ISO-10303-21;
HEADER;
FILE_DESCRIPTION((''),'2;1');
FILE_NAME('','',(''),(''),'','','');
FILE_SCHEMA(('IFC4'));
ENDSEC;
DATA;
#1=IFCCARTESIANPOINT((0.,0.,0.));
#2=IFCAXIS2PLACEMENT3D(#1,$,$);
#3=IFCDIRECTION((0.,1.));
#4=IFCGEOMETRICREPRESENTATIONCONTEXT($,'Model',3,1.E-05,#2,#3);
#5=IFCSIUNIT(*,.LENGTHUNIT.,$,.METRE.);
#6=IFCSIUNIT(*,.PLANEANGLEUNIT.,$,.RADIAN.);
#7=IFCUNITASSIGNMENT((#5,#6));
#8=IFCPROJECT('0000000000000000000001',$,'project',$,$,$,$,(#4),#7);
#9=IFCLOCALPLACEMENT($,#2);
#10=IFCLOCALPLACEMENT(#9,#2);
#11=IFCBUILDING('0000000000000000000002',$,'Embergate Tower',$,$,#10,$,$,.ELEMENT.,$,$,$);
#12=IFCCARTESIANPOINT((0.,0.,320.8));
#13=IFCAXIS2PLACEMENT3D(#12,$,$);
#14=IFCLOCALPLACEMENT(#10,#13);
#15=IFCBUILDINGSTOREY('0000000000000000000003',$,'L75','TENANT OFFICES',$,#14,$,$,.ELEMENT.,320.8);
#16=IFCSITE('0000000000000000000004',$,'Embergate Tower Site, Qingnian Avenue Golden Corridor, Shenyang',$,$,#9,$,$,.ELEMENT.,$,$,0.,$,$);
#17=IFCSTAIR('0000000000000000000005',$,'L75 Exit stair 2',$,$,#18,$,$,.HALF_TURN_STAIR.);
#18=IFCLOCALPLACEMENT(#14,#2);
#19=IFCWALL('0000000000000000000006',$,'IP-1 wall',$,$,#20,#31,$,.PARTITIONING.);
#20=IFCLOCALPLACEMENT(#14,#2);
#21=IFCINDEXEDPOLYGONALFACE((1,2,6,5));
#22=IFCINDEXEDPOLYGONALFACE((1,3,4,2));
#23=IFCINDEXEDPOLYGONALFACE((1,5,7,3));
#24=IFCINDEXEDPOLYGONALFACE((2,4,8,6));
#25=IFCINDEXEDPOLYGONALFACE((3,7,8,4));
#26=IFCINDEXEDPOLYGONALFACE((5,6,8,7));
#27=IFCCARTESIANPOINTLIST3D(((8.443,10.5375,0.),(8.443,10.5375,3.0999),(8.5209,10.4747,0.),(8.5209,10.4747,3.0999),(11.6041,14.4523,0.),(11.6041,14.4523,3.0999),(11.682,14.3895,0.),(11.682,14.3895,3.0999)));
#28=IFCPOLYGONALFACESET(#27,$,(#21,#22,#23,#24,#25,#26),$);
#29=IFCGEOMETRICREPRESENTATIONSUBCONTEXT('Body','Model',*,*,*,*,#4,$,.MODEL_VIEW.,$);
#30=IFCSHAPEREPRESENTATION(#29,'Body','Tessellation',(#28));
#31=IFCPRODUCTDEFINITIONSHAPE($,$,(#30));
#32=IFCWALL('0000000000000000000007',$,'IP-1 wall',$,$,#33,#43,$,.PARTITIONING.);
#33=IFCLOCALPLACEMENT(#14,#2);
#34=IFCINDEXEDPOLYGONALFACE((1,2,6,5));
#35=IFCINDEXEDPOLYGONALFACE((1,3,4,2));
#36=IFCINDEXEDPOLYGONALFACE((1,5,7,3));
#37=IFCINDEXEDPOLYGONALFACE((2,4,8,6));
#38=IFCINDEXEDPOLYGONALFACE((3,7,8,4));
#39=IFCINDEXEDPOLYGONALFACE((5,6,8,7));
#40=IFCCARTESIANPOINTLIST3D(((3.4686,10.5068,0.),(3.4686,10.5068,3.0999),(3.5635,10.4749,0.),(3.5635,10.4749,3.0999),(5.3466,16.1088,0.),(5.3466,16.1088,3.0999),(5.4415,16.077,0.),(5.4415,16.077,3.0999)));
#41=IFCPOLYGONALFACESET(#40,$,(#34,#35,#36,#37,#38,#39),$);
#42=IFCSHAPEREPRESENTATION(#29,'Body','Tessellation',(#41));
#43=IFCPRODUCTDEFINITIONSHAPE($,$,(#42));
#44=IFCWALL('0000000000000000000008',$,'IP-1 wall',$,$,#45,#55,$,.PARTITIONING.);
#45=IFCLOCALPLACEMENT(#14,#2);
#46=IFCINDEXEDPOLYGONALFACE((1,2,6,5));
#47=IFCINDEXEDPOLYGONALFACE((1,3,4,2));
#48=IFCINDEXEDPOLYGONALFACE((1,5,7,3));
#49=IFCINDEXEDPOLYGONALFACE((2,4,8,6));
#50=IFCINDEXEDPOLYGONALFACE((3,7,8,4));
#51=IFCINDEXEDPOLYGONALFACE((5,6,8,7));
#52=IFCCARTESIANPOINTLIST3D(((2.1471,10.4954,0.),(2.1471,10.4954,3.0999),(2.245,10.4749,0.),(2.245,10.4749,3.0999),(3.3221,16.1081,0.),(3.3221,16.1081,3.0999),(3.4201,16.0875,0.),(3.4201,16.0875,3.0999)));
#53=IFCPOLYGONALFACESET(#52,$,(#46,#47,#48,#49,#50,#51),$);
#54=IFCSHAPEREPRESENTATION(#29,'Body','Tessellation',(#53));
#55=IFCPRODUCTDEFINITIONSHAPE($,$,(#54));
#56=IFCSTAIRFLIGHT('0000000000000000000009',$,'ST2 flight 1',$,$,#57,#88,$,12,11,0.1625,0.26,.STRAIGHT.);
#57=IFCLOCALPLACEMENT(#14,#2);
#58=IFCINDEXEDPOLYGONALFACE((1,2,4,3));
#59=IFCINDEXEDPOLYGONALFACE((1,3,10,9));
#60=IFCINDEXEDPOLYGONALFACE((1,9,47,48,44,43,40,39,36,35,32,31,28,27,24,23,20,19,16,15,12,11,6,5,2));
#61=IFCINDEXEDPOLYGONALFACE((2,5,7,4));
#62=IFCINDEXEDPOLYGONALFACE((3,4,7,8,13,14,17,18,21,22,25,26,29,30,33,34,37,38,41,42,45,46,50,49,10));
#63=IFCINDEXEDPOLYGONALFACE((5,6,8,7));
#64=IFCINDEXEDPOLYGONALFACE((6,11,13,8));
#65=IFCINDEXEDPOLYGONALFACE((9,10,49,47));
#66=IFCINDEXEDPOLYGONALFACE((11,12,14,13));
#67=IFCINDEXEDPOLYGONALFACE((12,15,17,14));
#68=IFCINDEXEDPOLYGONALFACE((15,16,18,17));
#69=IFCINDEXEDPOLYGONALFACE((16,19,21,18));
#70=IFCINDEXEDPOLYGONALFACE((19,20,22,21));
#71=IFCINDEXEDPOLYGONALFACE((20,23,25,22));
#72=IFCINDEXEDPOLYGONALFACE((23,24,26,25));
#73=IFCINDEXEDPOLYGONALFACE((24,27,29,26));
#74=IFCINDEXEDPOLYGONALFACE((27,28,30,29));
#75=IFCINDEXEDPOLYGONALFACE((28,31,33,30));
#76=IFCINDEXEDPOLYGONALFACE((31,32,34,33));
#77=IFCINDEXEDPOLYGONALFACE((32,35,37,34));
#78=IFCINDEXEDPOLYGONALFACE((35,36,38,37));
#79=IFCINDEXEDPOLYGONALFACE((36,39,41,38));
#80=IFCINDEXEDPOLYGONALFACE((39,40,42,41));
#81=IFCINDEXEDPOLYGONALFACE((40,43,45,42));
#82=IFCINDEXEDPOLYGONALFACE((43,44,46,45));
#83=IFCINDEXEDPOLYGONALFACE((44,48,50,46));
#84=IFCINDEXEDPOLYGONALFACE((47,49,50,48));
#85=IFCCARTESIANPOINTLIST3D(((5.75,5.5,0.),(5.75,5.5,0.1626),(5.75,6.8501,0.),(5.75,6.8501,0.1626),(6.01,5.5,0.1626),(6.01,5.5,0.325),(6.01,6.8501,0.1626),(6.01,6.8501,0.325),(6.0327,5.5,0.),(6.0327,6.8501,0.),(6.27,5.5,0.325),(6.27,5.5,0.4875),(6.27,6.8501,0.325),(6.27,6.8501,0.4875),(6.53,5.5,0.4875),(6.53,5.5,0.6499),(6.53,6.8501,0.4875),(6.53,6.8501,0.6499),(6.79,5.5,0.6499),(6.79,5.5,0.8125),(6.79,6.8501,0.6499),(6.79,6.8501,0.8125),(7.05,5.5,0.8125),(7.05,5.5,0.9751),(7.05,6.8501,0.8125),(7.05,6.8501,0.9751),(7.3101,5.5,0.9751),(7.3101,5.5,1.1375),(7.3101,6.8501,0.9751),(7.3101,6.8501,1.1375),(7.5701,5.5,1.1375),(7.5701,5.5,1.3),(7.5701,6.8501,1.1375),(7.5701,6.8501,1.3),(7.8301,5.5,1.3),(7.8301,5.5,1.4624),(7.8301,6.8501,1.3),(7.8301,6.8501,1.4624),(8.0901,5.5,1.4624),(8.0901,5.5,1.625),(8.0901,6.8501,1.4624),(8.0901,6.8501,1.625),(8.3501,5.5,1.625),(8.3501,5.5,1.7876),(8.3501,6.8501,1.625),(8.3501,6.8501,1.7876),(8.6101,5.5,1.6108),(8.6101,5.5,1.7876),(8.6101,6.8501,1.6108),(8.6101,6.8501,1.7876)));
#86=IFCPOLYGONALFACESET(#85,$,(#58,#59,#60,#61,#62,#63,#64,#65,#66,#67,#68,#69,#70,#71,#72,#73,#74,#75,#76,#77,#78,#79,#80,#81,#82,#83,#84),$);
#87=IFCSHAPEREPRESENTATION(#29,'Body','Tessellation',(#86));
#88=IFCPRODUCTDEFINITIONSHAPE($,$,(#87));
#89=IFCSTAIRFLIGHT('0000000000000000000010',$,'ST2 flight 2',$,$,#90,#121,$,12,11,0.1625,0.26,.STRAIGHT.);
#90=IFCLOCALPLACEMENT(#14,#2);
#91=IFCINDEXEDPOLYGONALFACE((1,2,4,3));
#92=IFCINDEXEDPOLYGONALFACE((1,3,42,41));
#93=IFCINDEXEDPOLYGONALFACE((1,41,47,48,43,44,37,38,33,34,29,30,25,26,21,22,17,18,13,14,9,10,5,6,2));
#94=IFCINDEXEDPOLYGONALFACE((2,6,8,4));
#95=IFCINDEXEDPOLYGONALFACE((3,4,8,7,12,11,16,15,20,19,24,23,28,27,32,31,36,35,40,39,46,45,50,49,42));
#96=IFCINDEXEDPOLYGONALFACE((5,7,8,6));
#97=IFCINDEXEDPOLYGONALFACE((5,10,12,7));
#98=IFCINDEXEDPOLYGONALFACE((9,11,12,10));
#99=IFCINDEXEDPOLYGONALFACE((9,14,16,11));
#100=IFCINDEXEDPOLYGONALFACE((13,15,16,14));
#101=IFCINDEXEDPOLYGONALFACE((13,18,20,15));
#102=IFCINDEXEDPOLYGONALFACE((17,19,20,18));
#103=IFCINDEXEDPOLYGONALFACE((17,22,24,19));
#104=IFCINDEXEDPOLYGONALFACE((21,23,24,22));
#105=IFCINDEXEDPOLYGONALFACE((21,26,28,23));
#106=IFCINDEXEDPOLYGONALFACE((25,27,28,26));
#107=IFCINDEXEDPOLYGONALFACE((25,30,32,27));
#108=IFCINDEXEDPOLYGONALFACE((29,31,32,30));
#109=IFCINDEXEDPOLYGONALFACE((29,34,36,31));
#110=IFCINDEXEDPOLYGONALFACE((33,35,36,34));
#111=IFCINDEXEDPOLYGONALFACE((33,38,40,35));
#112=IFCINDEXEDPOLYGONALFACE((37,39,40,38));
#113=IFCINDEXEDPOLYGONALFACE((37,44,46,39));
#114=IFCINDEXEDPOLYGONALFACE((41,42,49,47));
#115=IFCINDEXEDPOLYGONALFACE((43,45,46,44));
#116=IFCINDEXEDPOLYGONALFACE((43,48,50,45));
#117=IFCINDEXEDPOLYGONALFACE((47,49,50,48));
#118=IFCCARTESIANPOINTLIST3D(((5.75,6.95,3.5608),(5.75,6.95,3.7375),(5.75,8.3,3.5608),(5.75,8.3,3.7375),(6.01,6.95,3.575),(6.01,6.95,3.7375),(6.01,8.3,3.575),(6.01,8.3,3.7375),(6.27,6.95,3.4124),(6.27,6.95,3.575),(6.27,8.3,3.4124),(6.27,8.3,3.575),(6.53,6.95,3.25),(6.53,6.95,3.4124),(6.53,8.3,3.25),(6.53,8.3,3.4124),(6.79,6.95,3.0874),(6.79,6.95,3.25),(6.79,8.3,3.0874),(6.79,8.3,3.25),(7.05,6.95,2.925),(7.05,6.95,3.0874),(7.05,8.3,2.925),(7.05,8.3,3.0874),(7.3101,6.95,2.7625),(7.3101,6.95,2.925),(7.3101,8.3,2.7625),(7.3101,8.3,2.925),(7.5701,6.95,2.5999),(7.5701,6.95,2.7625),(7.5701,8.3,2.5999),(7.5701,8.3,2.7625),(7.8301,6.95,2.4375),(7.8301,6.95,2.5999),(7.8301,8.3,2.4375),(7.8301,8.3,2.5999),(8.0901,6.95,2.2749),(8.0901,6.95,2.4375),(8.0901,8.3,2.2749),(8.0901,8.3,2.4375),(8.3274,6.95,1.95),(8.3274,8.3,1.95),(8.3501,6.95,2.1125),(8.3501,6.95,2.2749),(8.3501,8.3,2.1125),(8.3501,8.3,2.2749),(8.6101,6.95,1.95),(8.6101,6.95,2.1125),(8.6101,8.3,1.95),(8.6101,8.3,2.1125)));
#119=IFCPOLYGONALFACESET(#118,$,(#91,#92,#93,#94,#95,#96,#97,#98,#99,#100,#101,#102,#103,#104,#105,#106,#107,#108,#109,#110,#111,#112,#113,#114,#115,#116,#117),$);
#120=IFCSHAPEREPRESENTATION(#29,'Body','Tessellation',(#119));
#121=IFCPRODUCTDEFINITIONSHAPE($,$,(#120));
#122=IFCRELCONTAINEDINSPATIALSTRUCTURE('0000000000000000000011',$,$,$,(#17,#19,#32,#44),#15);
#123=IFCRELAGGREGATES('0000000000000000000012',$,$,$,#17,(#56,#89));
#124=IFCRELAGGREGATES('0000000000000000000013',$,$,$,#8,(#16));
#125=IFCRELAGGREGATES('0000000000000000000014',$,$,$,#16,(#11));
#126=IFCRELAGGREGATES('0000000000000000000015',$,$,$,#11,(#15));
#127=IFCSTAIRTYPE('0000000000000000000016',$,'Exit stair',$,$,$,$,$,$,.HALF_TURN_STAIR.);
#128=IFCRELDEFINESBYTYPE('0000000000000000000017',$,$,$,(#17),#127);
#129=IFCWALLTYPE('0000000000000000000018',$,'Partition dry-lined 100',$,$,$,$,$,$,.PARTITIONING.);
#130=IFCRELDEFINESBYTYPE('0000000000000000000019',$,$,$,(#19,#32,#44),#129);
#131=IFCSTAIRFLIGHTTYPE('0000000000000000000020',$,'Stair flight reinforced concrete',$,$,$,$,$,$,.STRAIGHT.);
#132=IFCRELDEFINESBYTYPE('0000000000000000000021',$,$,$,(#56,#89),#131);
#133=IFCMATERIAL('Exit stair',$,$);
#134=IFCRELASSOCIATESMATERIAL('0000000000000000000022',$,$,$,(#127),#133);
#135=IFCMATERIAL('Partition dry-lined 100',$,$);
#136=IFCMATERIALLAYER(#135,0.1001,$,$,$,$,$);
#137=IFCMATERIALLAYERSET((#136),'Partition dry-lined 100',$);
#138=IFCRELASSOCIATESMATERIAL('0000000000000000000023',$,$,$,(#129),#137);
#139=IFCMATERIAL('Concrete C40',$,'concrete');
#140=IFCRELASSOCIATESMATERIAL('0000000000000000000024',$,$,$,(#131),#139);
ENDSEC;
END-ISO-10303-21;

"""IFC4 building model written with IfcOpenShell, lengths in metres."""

from ifc_helpers import new_model, si_unit, direction, frame, frame_2d, origin, place, context, subcontext, project, spatial, polyline, rectangle, outline, extrude, source, transform, mapped, material, layer, layer_set, type_object, element, aggregate, save


model = new_model("IFC4")

# Units and contexts
model_context = context("Model", 3, precision=1e-05, world=origin(), true_north=direction((0.0, 1.0)))
body_context = subcontext(model_context, "Body", "Model", "MODEL_VIEW")
ifc_project = project(units=[si_unit("LENGTHUNIT", "METRE"), si_unit("PLANEANGLEUNIT", "RADIAN")], contexts=[model_context])

# Site, building, storey
site_placement = place(None, origin())
site = spatial("IfcSite", under=ifc_project, at=site_placement, Name="Embergate Tower Site, Qingnian Avenue Golden Corridor, Shenyang", CompositionType="ELEMENT", RefElevation=0.0)
building_placement = place(site_placement, origin())
building = spatial("IfcBuilding", under=site, at=building_placement, Name="Embergate Tower", CompositionType="ELEMENT")
storey_placement = place(building_placement, frame((0.0, 0.0, 320.8)))
storey = spatial("IfcBuildingStorey", under=building, at=storey_placement, Name="L75", Description="TENANT OFFICES", CompositionType="ELEMENT", Elevation=320.8)

# Stair
ifc_material_1 = material(Name="Exit stair")
stair_type = type_object("IfcStairType", Name="Exit stair", PredefinedType="HALF_TURN_STAIR", material=ifc_material_1)
stair_placement = place(storey_placement, origin())
stair = element("IfcStair", 1, at=stair_placement, inside=storey, type_object=stair_type, Name="L75 Exit stair 2", PredefinedType="HALF_TURN_STAIR")
ifc_material_2 = material(Name="Concrete C40", Category="concrete")

# Walls
ifc_material_3 = material(Name="Partition dry-lined 100")
ifc_layer_1 = layer(ifc_material_3, 0.1001)
ifc_layer_set_1 = layer_set([ifc_layer_1], Name="Partition dry-lined 100")
wall_type_1 = type_object("IfcWallType", Name="Partition dry-lined 100", PredefinedType="PARTITIONING", material=ifc_layer_set_1)
shared_shape_1 = source(origin(), body_context, "Body", "SweptSolid", [
    extrude(rectangle(XDim=5.0317, YDim=0.1001, at=frame_2d((2.5159, 0.0))), origin(), (0.0, 0.0, 1.0), 3.0999),
])
wall_1_placement = place(storey_placement, frame((8.4819, 10.5061, 0.0), z_axis=(0.0, 0.0, 1.0), x_axis=(0.628239, 0.778021, 0.0)))
element("IfcWall", 2, at=wall_1_placement, inside=storey, type_object=wall_type_1, Name="IP-1 wall", PredefinedType="PARTITIONING", context=body_context, shape_type="MappedRepresentation", body=[
    mapped(shared_shape_1, transform((0.0, 0.0, 0.0))),
])
shared_shape_2 = source(origin(), body_context, "Body", "SweptSolid", [
    extrude(rectangle(XDim=5.9084, YDim=0.1001, at=frame_2d((2.9541, 0.0))), origin(), (0.0, 0.0, 1.0), 3.0999),
])
wall_2_placement = place(storey_placement, frame((3.5161, 10.491, 0.0), z_axis=(0.0, 0.0, 1.0), x_axis=(0.317839, 0.948145, 0.0)))
element("IfcWall", 3, at=wall_2_placement, inside=storey, type_object=wall_type_1, Name="IP-1 wall", PredefinedType="PARTITIONING", context=body_context, shape_type="MappedRepresentation", body=[
    mapped(shared_shape_2, transform((0.0, 0.0, 0.0))),
])
shared_shape_3 = source(origin(), body_context, "Body", "SweptSolid", [
    extrude(rectangle(XDim=5.7344, YDim=0.1001, at=frame_2d((2.8672, 0.0))), origin(), (0.0, 0.0, 1.0), 3.0999),
])
wall_3_placement = place(storey_placement, frame((2.196, 10.4851, 0.0), z_axis=(0.0, 0.0, 1.0), x_axis=(0.20491, 0.978781, 0.0)))
element("IfcWall", 4, at=wall_3_placement, inside=storey, type_object=wall_type_1, Name="IP-1 wall", PredefinedType="PARTITIONING", context=body_context, shape_type="MappedRepresentation", body=[
    mapped(shared_shape_3, transform((0.0, 0.0, 0.0))),
])

# Stair flights
stair_flight_type = type_object("IfcStairFlightType", Name="Stair flight reinforced concrete", PredefinedType="STRAIGHT", material=ifc_material_2)
shared_shape_4 = source(origin(), body_context, "Body", "SweptSolid", [
    extrude(outline(polyline([(0.0, 0.0), (0.0, 0.1626), (0.26, 0.1626), (0.26, 0.325), (0.52, 0.325), (0.52, 0.4875), (0.78, 0.4875), (0.78, 0.6499), (1.04, 0.6499), (1.04, 0.8125), (1.3, 0.8125), (1.3, 0.9751), (1.5601, 0.9751), (1.5601, 1.1375), (1.8201, 1.1375), (1.8201, 1.3), (2.0801, 1.3), (2.0801, 1.4624), (2.3401, 1.4624), (2.3401, 1.625), (2.6001, 1.625), (2.6001, 1.7876), (2.8601, 1.7876), (2.8601, 1.95), (2.8601, 1.6108), (0.2827, 0.0), (0.0, 0.0)])), frame((0.0, 0.675, 0.0), z_axis=(0.0, -1.0, 0.0), x_axis=(1.0, 0.0, 0.0)), (0.0, 0.0, 1.0), 1.3501),
])
stair_flight_1_placement = place(storey_placement, frame((5.75, 6.175, 0.0), z_axis=(0.0, 0.0, 1.0), x_axis=(1.0, 0.0, 0.0)))
stair_flight_1 = element("IfcStairFlight", 5, at=stair_flight_1_placement, type_object=stair_flight_type, Name="ST2 flight 1", NumberOfRisers=12, NumberOfTreads=11, PredefinedType="STRAIGHT", RiserHeight=0.1625, TreadLength=0.26, context=body_context, shape_type="MappedRepresentation", body=[
    mapped(shared_shape_4, transform((0.0, 0.0, 0.0))),
])
stair_flight_2_placement = place(storey_placement, frame((8.6101, 7.625, 1.95), z_axis=(0.0, 0.0, 1.0), x_axis=(-1.0, 0.0, 0.0)))
stair_flight_2 = element("IfcStairFlight", 6, at=stair_flight_2_placement, type_object=stair_flight_type, Name="ST2 flight 2", NumberOfRisers=12, NumberOfTreads=11, PredefinedType="STRAIGHT", RiserHeight=0.1625, TreadLength=0.26, context=body_context, shape_type="MappedRepresentation", body=[
    mapped(shared_shape_4, transform((0.0, 0.0, 0.0))),
])
aggregate(stair, [stair_flight_1, stair_flight_2])

save(model, "model.ifc")
